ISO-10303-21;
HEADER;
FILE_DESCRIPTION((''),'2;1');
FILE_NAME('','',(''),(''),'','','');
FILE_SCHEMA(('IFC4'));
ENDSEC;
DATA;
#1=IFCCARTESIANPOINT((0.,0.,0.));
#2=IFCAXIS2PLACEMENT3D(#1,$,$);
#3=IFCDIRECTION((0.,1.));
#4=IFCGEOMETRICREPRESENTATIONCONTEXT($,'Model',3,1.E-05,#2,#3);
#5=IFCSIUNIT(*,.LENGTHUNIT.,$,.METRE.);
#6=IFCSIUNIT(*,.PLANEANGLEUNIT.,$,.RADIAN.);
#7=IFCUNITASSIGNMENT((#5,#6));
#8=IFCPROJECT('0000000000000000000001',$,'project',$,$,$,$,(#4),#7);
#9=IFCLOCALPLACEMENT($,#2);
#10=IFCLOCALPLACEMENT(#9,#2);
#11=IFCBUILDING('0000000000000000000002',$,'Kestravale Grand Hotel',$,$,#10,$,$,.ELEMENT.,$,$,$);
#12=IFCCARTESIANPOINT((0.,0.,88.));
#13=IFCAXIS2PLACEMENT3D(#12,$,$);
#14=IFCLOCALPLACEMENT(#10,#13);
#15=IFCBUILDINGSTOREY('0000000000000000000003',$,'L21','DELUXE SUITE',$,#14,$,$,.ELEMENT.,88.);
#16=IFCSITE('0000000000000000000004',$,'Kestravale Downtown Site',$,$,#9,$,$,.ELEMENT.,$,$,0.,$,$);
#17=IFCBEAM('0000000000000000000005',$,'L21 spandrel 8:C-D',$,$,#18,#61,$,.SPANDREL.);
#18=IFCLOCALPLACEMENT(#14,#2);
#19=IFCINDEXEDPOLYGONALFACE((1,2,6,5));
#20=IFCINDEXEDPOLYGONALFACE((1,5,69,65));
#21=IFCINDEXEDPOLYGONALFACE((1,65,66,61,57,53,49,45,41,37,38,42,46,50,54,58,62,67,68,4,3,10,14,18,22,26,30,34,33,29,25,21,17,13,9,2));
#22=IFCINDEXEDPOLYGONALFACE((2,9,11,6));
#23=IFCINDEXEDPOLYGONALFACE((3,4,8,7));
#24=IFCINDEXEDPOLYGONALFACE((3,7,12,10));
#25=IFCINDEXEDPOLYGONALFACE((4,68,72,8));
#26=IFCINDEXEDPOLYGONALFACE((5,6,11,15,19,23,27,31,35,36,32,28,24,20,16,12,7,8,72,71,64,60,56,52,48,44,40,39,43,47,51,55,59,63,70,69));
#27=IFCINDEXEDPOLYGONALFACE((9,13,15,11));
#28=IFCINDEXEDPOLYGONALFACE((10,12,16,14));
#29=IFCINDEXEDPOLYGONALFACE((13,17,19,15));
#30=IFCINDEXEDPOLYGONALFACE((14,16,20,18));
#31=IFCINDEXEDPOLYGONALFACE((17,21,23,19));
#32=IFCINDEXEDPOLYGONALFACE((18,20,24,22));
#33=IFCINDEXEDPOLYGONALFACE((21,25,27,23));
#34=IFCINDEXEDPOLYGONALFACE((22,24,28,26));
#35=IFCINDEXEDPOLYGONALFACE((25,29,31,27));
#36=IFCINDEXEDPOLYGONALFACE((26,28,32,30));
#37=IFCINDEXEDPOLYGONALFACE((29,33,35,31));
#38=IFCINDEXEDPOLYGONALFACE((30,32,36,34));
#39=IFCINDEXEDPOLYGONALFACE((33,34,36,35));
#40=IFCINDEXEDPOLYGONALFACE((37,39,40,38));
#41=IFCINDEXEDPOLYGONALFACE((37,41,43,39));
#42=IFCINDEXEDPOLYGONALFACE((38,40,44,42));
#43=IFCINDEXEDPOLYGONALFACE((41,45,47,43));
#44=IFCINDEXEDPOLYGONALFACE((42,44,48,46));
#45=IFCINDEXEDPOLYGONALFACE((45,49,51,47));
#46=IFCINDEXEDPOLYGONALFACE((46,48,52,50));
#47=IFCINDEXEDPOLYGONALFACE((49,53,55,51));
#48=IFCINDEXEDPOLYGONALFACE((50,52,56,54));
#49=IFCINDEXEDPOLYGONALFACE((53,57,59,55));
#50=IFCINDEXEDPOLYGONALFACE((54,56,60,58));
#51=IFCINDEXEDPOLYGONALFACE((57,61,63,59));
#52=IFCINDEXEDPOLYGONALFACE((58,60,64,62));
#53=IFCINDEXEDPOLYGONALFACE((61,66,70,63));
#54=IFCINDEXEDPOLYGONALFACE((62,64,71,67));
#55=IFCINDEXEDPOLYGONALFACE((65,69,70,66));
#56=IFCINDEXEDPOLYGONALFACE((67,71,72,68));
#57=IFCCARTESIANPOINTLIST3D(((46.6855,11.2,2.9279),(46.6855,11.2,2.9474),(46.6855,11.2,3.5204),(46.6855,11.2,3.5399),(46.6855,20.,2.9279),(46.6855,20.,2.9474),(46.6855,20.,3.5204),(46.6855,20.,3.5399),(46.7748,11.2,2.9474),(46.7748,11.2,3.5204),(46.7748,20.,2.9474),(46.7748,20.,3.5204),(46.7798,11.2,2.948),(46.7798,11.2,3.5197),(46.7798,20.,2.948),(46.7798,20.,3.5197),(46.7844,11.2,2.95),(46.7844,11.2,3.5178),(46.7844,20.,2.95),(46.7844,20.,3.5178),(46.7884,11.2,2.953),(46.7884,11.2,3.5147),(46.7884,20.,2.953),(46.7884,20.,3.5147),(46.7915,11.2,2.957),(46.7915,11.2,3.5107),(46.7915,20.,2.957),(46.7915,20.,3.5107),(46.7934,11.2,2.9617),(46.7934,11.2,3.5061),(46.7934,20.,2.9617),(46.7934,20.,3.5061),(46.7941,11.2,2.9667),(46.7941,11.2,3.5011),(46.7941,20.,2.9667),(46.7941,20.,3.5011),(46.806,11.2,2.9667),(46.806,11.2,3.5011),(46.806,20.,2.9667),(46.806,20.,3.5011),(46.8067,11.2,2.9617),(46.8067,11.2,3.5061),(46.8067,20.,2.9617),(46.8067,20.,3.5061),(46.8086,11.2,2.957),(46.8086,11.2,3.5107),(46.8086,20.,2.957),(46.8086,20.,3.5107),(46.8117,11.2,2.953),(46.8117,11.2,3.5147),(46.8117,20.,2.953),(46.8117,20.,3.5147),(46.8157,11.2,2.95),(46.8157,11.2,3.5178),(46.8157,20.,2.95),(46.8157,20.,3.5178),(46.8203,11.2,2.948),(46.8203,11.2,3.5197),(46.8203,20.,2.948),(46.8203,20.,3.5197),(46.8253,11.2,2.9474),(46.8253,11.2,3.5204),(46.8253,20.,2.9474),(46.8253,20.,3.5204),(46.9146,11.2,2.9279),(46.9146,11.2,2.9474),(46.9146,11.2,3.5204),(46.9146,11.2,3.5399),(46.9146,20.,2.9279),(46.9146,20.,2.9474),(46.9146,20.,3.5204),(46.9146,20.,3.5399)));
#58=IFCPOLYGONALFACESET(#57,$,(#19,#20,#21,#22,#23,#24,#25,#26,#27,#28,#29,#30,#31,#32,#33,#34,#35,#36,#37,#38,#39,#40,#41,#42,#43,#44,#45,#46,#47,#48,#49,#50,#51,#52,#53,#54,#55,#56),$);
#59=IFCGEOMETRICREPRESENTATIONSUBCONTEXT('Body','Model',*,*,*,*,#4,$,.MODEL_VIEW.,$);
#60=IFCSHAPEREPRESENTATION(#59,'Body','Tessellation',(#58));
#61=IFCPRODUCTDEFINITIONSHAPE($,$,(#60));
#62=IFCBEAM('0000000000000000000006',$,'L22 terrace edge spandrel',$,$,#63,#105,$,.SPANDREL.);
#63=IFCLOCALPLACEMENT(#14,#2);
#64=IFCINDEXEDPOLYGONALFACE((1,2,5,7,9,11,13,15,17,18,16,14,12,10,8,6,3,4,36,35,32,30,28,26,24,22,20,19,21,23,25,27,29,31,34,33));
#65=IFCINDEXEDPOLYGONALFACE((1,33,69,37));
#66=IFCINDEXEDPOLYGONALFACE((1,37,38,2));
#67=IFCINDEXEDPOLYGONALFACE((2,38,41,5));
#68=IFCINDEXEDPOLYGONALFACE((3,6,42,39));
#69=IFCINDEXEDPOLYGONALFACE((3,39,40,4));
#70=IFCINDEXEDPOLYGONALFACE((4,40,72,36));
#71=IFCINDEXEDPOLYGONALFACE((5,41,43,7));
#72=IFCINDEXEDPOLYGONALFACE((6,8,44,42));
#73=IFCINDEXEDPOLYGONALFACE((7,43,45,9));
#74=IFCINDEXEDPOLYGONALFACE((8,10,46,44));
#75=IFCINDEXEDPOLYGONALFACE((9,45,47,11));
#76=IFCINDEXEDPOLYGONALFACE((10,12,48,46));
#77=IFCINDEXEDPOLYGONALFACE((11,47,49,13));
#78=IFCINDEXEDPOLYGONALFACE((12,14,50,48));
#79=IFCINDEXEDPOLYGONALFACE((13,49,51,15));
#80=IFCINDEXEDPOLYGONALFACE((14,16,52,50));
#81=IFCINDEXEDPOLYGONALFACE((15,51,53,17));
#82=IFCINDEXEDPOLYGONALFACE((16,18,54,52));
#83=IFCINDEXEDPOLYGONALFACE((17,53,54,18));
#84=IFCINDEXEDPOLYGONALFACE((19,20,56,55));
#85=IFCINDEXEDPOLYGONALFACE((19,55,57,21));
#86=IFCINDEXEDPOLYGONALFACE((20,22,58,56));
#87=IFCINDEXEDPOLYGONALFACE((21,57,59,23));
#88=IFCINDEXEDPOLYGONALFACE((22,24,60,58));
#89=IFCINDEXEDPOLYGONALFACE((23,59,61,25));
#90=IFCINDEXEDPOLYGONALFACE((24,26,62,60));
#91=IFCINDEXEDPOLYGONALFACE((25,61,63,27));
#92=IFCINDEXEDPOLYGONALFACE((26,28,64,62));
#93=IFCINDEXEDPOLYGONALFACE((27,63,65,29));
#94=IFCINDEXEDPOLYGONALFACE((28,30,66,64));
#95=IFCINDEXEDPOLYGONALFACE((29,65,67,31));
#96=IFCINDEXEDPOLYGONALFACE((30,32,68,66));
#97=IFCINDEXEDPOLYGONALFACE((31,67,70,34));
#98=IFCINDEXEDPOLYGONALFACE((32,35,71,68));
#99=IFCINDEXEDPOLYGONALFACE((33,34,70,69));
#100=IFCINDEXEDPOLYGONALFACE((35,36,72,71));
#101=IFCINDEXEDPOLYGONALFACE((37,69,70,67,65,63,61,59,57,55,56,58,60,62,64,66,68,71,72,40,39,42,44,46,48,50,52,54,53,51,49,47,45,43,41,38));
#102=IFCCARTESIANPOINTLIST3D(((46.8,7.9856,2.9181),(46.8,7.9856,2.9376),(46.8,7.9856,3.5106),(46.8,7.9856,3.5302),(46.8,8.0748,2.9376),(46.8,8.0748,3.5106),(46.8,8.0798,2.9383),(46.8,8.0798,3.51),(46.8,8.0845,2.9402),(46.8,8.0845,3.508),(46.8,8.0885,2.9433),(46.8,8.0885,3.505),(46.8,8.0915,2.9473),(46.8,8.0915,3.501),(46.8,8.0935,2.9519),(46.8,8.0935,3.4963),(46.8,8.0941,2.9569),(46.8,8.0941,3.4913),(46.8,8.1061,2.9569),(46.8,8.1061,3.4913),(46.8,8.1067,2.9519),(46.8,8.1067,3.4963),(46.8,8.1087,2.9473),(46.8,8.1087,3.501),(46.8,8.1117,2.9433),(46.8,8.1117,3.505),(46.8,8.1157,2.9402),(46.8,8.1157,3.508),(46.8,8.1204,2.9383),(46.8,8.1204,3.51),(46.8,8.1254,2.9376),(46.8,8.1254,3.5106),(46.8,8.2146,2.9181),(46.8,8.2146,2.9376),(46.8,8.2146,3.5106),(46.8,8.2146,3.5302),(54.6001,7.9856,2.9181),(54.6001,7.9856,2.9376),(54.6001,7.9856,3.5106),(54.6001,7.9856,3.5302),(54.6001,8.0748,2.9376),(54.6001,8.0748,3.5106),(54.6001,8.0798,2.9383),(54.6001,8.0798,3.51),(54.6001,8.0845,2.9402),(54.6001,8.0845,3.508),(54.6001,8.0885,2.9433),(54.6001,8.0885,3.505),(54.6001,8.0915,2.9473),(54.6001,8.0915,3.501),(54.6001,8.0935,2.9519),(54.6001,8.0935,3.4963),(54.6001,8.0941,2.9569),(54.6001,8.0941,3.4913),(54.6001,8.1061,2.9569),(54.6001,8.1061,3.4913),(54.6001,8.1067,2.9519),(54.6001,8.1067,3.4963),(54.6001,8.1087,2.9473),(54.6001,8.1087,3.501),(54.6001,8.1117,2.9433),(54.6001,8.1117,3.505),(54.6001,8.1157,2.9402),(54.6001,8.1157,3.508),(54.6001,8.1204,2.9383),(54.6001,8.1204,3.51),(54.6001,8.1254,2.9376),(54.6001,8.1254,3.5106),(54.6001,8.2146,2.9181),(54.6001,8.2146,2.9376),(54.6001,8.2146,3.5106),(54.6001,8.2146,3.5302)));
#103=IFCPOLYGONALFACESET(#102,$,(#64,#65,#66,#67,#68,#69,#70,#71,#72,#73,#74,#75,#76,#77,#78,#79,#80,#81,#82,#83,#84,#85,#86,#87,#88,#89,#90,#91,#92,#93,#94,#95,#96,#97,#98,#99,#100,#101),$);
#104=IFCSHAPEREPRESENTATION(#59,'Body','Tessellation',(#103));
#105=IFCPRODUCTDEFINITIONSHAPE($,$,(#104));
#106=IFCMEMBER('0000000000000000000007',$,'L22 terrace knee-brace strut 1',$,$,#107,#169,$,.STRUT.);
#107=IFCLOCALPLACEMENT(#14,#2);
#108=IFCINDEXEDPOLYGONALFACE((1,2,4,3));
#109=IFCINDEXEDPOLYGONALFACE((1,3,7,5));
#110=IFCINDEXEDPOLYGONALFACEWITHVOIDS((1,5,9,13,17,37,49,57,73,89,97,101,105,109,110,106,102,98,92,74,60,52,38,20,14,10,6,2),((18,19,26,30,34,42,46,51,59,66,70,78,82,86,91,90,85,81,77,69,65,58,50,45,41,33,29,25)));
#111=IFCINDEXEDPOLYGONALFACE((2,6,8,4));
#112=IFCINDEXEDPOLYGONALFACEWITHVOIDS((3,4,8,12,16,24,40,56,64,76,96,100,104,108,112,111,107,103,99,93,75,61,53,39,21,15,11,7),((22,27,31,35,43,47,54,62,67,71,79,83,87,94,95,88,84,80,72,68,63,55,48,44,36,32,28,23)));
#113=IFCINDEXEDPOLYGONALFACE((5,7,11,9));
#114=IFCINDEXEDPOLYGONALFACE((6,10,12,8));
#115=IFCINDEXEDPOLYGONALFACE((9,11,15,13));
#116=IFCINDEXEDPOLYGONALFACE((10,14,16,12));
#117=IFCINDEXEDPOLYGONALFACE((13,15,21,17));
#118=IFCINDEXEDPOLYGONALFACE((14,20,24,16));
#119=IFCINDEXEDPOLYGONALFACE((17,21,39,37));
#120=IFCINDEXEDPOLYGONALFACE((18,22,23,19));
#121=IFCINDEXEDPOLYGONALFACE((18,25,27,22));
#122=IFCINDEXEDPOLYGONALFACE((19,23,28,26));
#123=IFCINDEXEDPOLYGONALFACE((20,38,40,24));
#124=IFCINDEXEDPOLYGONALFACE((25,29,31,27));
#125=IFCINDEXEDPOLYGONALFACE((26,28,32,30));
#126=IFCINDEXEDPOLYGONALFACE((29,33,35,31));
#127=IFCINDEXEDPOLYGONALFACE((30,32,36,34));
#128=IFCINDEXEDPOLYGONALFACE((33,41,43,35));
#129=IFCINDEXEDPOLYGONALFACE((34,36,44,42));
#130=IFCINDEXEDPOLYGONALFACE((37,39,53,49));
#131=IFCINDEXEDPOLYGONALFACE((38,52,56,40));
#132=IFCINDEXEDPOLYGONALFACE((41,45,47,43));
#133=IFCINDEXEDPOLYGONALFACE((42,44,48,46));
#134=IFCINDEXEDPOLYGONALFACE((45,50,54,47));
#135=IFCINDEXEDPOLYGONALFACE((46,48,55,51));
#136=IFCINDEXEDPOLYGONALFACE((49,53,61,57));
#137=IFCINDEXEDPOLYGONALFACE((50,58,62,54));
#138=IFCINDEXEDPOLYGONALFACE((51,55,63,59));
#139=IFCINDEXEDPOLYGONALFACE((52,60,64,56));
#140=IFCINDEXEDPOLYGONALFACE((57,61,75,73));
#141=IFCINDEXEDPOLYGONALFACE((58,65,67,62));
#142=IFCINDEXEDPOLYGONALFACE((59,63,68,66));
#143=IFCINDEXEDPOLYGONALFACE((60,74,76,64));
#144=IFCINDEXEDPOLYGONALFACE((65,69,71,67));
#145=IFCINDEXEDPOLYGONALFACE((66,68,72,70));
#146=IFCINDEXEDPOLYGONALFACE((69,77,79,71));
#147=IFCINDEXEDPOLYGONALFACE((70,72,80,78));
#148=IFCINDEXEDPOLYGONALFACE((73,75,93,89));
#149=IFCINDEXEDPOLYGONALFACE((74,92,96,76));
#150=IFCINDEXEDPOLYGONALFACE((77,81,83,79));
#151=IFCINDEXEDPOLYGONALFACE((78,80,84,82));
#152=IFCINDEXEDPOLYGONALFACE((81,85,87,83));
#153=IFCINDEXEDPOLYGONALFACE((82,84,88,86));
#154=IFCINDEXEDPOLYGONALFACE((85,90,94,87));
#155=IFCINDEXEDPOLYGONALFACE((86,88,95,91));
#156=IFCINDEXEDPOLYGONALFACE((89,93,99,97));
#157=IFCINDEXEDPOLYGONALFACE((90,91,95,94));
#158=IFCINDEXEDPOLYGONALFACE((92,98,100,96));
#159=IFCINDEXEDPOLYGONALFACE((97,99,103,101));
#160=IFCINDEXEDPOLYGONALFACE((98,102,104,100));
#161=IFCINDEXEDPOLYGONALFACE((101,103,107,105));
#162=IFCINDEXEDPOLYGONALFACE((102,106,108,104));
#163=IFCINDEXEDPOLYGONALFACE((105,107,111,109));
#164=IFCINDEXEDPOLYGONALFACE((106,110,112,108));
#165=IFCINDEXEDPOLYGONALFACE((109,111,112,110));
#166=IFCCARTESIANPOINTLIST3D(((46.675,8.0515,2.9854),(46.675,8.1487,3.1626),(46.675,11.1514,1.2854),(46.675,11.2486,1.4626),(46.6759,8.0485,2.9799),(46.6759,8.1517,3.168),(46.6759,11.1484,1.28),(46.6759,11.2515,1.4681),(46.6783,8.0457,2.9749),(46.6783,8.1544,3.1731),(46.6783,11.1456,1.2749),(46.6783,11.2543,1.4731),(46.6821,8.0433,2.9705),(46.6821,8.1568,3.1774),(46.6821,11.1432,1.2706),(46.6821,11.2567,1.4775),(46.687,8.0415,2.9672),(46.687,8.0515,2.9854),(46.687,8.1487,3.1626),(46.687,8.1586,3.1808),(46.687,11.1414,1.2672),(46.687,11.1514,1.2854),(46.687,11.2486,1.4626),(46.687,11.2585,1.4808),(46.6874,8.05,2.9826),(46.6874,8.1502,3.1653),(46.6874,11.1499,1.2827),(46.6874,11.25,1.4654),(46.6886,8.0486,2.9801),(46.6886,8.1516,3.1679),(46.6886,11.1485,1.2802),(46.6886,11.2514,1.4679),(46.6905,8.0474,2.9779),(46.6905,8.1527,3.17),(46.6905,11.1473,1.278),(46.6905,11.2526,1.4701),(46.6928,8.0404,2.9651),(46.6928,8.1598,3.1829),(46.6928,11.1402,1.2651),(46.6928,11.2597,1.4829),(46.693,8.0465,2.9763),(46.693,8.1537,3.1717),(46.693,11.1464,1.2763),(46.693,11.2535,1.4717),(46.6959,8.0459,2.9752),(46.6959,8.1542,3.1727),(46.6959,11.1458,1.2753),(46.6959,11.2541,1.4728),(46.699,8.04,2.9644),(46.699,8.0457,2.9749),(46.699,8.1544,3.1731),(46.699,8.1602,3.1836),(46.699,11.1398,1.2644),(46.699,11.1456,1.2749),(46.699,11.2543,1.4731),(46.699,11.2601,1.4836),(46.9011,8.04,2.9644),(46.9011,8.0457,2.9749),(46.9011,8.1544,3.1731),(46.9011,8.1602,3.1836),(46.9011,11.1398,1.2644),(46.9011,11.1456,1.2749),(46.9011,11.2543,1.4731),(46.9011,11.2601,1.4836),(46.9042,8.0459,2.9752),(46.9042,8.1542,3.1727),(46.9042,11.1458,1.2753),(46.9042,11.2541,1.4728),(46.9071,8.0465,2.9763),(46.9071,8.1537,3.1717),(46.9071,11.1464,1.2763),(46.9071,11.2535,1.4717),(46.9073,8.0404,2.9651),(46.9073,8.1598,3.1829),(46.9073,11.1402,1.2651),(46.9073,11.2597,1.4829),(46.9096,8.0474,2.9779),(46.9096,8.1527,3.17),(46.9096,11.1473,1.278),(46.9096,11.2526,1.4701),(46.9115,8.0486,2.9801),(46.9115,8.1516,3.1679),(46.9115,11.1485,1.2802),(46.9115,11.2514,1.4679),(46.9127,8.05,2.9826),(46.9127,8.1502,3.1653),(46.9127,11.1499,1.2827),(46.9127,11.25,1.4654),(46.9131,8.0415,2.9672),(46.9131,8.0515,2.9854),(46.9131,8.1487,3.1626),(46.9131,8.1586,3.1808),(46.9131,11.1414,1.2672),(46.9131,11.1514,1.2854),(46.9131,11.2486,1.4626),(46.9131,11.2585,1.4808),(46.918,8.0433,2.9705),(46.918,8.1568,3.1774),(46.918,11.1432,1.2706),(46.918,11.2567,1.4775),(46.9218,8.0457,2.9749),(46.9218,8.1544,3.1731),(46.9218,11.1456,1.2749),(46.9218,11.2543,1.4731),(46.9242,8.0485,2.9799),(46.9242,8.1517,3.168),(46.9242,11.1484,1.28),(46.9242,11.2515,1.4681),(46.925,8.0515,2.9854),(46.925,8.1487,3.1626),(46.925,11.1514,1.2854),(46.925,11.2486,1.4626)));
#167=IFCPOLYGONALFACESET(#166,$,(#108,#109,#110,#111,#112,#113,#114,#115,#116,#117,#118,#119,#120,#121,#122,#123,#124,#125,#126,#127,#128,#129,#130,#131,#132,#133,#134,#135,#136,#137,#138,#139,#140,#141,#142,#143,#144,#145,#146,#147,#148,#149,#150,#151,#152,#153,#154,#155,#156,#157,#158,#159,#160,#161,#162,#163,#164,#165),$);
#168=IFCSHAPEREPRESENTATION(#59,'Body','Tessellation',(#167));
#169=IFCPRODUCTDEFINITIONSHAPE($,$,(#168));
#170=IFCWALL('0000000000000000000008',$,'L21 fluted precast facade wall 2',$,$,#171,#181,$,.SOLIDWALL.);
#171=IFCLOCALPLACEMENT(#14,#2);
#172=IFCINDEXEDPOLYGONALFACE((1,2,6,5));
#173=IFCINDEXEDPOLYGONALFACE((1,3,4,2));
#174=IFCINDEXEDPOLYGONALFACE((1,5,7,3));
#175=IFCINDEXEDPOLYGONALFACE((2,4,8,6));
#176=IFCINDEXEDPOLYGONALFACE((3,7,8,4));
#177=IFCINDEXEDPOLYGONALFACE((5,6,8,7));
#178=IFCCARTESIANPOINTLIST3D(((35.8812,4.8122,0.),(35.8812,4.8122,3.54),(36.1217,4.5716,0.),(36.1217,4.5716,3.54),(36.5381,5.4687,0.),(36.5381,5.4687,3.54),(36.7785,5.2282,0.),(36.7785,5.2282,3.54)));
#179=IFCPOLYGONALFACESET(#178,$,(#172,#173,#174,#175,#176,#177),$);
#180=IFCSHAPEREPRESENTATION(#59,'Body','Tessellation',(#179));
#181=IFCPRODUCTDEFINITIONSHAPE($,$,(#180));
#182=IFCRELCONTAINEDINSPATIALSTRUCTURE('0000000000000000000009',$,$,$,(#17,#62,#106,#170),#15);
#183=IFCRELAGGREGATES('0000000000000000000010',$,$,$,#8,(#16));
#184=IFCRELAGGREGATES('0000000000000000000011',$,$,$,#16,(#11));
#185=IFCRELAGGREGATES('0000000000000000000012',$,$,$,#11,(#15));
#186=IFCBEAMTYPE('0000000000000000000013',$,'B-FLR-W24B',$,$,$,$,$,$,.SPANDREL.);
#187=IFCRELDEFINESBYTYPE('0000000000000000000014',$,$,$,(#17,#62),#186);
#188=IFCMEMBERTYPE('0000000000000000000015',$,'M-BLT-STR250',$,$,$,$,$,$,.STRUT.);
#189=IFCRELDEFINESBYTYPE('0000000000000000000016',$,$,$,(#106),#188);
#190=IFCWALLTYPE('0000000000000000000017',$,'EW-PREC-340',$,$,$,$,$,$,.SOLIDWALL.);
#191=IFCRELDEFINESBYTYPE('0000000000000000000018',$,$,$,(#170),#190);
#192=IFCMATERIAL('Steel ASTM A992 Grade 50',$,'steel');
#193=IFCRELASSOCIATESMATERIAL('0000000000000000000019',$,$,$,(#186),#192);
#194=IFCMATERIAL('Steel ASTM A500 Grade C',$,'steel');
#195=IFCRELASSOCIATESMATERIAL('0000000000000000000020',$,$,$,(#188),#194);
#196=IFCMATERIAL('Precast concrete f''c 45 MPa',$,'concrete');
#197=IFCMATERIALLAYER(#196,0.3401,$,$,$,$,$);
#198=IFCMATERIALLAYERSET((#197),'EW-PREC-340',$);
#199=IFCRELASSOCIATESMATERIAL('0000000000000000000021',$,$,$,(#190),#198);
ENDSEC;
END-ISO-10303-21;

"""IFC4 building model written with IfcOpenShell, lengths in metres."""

from ifc_helpers import new_model, si_unit, direction, frame, frame_2d, origin, origin_2d, place, context, subcontext, project, spatial, rectangle, hollow_rectangle, i_section, extrude, material, layer, layer_set, material_profile, profile_set, type_object, element, save


model = new_model("IFC4")

# Units and contexts
model_context = context("Model", 3, precision=1e-05, world=origin(), true_north=direction((0.0, 1.0)))
body_context = subcontext(model_context, "Body", "Model", "MODEL_VIEW")
ifc_project = project(units=[si_unit("LENGTHUNIT", "METRE"), si_unit("PLANEANGLEUNIT", "RADIAN")], contexts=[model_context])

# Site, building, storey
site_placement = place(None, origin())
site = spatial("IfcSite", under=ifc_project, at=site_placement, Name="Kestravale Downtown Site", CompositionType="ELEMENT", RefElevation=0.0)
building_placement = place(site_placement, origin())
building = spatial("IfcBuilding", under=site, at=building_placement, Name="Kestravale Grand Hotel", CompositionType="ELEMENT")
storey_placement = place(building_placement, frame((0.0, 0.0, 88.0)))
storey = spatial("IfcBuildingStorey", under=building, at=storey_placement, Name="L21", Description="DELUXE SUITE", CompositionType="ELEMENT", Elevation=88.0)

# Beams
ifc_material_1 = material(Name="Steel ASTM A992 Grade 50", Category="steel")
ifc_material_profile_1 = material_profile(ifc_material_1, i_section(OverallWidth=0.229, OverallDepth=0.6121, WebThickness=0.012, FlangeThickness=0.0195, FilletRadius=0.0193, at=origin_2d()))
ifc_profile_set_1 = profile_set([ifc_material_profile_1], Name="Steel ASTM A992 Grade 50")
beam_type_1 = type_object("IfcBeamType", Name="B-FLR-W24B", PredefinedType="SPANDREL", material=ifc_profile_set_1)
beam_1_placement = place(storey_placement, frame((46.8, 11.2, 3.2339), z_axis=(0.0, 1.0, 0.0), x_axis=(-1.0, 0.0, 0.0)))
element("IfcBeam", 1, at=beam_1_placement, inside=storey, type_object=beam_type_1, Name="L21 spandrel 8:C-D", PredefinedType="SPANDREL", context=body_context, shape_type="SweptSolid", body=[
    extrude(i_section(OverallWidth=0.229, OverallDepth=0.6121, WebThickness=0.012, FlangeThickness=0.0195, FilletRadius=0.0193, at=origin_2d()), origin(), (0.0, 0.0, 1.0), 8.8),
])
beam_2_placement = place(storey_placement, frame((46.8, 8.1001, 3.2241), z_axis=(1.0, 0.0, 0.0), x_axis=(0.0, 1.0, 0.0)))
element("IfcBeam", 2, at=beam_2_placement, inside=storey, type_object=beam_type_1, Name="L22 terrace edge spandrel", PredefinedType="SPANDREL", context=body_context, shape_type="SweptSolid", body=[
    extrude(i_section(OverallWidth=0.229, OverallDepth=0.6121, WebThickness=0.012, FlangeThickness=0.0195, FilletRadius=0.0193, at=origin_2d()), origin(), (0.0, 0.0, 1.0), 7.8),
])

# Member
ifc_material_2 = material(Name="Steel ASTM A500 Grade C", Category="steel")
ifc_material_profile_2 = material_profile(ifc_material_2, hollow_rectangle(XDim=0.25, YDim=0.25, WallThickness=0.012, InnerFilletRadius=0.012, OuterFilletRadius=0.0239, at=origin_2d()))
ifc_profile_set_2 = profile_set([ifc_material_profile_2], Name="Steel ASTM A500 Grade C")
member_type = type_object("IfcMemberType", Name="M-BLT-STR250", PredefinedType="STRUT", material=ifc_profile_set_2)
member_placement = place(storey_placement, frame((46.8, 11.2, 1.374), z_axis=(0.0, -0.876809, 0.480839), x_axis=(1.0, 0.0, 0.0)))
element("IfcMember", 3, at=member_placement, inside=storey, type_object=member_type, Name="L22 terrace knee-brace strut 1", PredefinedType="STRUT", context=body_context, shape_type="SweptSolid", body=[
    extrude(hollow_rectangle(XDim=0.25, YDim=0.25, WallThickness=0.012, InnerFilletRadius=0.012, OuterFilletRadius=0.0239, at=origin_2d()), origin(), (0.0, 0.0, 1.0), 3.5354),
])

# Wall
ifc_material_3 = material(Name="Precast concrete f'c 45 MPa", Category="concrete")
ifc_layer_1 = layer(ifc_material_3, 0.3401)
ifc_layer_set_1 = layer_set([ifc_layer_1], Name="EW-PREC-340")
wall_type_1 = type_object("IfcWallType", Name="EW-PREC-340", PredefinedType="SOLIDWALL", material=ifc_layer_set_1)
wall_1_placement = place(storey_placement, frame((36.0015, 4.6919, 0.0), z_axis=(0.0, 0.0, 1.0), x_axis=(0.707238, 0.706975, 0.0)))
element("IfcWall", 4, at=wall_1_placement, inside=storey, type_object=wall_type_1, Name="L21 fluted precast facade wall 2", PredefinedType="SOLIDWALL", context=body_context, shape_type="SweptSolid", body=[
    extrude(rectangle(XDim=0.9287, YDim=0.3401, at=frame_2d((0.4644, 0.0))), origin(), (0.0, 0.0, 1.0), 3.54),
])

save(model, "model.ifc")
